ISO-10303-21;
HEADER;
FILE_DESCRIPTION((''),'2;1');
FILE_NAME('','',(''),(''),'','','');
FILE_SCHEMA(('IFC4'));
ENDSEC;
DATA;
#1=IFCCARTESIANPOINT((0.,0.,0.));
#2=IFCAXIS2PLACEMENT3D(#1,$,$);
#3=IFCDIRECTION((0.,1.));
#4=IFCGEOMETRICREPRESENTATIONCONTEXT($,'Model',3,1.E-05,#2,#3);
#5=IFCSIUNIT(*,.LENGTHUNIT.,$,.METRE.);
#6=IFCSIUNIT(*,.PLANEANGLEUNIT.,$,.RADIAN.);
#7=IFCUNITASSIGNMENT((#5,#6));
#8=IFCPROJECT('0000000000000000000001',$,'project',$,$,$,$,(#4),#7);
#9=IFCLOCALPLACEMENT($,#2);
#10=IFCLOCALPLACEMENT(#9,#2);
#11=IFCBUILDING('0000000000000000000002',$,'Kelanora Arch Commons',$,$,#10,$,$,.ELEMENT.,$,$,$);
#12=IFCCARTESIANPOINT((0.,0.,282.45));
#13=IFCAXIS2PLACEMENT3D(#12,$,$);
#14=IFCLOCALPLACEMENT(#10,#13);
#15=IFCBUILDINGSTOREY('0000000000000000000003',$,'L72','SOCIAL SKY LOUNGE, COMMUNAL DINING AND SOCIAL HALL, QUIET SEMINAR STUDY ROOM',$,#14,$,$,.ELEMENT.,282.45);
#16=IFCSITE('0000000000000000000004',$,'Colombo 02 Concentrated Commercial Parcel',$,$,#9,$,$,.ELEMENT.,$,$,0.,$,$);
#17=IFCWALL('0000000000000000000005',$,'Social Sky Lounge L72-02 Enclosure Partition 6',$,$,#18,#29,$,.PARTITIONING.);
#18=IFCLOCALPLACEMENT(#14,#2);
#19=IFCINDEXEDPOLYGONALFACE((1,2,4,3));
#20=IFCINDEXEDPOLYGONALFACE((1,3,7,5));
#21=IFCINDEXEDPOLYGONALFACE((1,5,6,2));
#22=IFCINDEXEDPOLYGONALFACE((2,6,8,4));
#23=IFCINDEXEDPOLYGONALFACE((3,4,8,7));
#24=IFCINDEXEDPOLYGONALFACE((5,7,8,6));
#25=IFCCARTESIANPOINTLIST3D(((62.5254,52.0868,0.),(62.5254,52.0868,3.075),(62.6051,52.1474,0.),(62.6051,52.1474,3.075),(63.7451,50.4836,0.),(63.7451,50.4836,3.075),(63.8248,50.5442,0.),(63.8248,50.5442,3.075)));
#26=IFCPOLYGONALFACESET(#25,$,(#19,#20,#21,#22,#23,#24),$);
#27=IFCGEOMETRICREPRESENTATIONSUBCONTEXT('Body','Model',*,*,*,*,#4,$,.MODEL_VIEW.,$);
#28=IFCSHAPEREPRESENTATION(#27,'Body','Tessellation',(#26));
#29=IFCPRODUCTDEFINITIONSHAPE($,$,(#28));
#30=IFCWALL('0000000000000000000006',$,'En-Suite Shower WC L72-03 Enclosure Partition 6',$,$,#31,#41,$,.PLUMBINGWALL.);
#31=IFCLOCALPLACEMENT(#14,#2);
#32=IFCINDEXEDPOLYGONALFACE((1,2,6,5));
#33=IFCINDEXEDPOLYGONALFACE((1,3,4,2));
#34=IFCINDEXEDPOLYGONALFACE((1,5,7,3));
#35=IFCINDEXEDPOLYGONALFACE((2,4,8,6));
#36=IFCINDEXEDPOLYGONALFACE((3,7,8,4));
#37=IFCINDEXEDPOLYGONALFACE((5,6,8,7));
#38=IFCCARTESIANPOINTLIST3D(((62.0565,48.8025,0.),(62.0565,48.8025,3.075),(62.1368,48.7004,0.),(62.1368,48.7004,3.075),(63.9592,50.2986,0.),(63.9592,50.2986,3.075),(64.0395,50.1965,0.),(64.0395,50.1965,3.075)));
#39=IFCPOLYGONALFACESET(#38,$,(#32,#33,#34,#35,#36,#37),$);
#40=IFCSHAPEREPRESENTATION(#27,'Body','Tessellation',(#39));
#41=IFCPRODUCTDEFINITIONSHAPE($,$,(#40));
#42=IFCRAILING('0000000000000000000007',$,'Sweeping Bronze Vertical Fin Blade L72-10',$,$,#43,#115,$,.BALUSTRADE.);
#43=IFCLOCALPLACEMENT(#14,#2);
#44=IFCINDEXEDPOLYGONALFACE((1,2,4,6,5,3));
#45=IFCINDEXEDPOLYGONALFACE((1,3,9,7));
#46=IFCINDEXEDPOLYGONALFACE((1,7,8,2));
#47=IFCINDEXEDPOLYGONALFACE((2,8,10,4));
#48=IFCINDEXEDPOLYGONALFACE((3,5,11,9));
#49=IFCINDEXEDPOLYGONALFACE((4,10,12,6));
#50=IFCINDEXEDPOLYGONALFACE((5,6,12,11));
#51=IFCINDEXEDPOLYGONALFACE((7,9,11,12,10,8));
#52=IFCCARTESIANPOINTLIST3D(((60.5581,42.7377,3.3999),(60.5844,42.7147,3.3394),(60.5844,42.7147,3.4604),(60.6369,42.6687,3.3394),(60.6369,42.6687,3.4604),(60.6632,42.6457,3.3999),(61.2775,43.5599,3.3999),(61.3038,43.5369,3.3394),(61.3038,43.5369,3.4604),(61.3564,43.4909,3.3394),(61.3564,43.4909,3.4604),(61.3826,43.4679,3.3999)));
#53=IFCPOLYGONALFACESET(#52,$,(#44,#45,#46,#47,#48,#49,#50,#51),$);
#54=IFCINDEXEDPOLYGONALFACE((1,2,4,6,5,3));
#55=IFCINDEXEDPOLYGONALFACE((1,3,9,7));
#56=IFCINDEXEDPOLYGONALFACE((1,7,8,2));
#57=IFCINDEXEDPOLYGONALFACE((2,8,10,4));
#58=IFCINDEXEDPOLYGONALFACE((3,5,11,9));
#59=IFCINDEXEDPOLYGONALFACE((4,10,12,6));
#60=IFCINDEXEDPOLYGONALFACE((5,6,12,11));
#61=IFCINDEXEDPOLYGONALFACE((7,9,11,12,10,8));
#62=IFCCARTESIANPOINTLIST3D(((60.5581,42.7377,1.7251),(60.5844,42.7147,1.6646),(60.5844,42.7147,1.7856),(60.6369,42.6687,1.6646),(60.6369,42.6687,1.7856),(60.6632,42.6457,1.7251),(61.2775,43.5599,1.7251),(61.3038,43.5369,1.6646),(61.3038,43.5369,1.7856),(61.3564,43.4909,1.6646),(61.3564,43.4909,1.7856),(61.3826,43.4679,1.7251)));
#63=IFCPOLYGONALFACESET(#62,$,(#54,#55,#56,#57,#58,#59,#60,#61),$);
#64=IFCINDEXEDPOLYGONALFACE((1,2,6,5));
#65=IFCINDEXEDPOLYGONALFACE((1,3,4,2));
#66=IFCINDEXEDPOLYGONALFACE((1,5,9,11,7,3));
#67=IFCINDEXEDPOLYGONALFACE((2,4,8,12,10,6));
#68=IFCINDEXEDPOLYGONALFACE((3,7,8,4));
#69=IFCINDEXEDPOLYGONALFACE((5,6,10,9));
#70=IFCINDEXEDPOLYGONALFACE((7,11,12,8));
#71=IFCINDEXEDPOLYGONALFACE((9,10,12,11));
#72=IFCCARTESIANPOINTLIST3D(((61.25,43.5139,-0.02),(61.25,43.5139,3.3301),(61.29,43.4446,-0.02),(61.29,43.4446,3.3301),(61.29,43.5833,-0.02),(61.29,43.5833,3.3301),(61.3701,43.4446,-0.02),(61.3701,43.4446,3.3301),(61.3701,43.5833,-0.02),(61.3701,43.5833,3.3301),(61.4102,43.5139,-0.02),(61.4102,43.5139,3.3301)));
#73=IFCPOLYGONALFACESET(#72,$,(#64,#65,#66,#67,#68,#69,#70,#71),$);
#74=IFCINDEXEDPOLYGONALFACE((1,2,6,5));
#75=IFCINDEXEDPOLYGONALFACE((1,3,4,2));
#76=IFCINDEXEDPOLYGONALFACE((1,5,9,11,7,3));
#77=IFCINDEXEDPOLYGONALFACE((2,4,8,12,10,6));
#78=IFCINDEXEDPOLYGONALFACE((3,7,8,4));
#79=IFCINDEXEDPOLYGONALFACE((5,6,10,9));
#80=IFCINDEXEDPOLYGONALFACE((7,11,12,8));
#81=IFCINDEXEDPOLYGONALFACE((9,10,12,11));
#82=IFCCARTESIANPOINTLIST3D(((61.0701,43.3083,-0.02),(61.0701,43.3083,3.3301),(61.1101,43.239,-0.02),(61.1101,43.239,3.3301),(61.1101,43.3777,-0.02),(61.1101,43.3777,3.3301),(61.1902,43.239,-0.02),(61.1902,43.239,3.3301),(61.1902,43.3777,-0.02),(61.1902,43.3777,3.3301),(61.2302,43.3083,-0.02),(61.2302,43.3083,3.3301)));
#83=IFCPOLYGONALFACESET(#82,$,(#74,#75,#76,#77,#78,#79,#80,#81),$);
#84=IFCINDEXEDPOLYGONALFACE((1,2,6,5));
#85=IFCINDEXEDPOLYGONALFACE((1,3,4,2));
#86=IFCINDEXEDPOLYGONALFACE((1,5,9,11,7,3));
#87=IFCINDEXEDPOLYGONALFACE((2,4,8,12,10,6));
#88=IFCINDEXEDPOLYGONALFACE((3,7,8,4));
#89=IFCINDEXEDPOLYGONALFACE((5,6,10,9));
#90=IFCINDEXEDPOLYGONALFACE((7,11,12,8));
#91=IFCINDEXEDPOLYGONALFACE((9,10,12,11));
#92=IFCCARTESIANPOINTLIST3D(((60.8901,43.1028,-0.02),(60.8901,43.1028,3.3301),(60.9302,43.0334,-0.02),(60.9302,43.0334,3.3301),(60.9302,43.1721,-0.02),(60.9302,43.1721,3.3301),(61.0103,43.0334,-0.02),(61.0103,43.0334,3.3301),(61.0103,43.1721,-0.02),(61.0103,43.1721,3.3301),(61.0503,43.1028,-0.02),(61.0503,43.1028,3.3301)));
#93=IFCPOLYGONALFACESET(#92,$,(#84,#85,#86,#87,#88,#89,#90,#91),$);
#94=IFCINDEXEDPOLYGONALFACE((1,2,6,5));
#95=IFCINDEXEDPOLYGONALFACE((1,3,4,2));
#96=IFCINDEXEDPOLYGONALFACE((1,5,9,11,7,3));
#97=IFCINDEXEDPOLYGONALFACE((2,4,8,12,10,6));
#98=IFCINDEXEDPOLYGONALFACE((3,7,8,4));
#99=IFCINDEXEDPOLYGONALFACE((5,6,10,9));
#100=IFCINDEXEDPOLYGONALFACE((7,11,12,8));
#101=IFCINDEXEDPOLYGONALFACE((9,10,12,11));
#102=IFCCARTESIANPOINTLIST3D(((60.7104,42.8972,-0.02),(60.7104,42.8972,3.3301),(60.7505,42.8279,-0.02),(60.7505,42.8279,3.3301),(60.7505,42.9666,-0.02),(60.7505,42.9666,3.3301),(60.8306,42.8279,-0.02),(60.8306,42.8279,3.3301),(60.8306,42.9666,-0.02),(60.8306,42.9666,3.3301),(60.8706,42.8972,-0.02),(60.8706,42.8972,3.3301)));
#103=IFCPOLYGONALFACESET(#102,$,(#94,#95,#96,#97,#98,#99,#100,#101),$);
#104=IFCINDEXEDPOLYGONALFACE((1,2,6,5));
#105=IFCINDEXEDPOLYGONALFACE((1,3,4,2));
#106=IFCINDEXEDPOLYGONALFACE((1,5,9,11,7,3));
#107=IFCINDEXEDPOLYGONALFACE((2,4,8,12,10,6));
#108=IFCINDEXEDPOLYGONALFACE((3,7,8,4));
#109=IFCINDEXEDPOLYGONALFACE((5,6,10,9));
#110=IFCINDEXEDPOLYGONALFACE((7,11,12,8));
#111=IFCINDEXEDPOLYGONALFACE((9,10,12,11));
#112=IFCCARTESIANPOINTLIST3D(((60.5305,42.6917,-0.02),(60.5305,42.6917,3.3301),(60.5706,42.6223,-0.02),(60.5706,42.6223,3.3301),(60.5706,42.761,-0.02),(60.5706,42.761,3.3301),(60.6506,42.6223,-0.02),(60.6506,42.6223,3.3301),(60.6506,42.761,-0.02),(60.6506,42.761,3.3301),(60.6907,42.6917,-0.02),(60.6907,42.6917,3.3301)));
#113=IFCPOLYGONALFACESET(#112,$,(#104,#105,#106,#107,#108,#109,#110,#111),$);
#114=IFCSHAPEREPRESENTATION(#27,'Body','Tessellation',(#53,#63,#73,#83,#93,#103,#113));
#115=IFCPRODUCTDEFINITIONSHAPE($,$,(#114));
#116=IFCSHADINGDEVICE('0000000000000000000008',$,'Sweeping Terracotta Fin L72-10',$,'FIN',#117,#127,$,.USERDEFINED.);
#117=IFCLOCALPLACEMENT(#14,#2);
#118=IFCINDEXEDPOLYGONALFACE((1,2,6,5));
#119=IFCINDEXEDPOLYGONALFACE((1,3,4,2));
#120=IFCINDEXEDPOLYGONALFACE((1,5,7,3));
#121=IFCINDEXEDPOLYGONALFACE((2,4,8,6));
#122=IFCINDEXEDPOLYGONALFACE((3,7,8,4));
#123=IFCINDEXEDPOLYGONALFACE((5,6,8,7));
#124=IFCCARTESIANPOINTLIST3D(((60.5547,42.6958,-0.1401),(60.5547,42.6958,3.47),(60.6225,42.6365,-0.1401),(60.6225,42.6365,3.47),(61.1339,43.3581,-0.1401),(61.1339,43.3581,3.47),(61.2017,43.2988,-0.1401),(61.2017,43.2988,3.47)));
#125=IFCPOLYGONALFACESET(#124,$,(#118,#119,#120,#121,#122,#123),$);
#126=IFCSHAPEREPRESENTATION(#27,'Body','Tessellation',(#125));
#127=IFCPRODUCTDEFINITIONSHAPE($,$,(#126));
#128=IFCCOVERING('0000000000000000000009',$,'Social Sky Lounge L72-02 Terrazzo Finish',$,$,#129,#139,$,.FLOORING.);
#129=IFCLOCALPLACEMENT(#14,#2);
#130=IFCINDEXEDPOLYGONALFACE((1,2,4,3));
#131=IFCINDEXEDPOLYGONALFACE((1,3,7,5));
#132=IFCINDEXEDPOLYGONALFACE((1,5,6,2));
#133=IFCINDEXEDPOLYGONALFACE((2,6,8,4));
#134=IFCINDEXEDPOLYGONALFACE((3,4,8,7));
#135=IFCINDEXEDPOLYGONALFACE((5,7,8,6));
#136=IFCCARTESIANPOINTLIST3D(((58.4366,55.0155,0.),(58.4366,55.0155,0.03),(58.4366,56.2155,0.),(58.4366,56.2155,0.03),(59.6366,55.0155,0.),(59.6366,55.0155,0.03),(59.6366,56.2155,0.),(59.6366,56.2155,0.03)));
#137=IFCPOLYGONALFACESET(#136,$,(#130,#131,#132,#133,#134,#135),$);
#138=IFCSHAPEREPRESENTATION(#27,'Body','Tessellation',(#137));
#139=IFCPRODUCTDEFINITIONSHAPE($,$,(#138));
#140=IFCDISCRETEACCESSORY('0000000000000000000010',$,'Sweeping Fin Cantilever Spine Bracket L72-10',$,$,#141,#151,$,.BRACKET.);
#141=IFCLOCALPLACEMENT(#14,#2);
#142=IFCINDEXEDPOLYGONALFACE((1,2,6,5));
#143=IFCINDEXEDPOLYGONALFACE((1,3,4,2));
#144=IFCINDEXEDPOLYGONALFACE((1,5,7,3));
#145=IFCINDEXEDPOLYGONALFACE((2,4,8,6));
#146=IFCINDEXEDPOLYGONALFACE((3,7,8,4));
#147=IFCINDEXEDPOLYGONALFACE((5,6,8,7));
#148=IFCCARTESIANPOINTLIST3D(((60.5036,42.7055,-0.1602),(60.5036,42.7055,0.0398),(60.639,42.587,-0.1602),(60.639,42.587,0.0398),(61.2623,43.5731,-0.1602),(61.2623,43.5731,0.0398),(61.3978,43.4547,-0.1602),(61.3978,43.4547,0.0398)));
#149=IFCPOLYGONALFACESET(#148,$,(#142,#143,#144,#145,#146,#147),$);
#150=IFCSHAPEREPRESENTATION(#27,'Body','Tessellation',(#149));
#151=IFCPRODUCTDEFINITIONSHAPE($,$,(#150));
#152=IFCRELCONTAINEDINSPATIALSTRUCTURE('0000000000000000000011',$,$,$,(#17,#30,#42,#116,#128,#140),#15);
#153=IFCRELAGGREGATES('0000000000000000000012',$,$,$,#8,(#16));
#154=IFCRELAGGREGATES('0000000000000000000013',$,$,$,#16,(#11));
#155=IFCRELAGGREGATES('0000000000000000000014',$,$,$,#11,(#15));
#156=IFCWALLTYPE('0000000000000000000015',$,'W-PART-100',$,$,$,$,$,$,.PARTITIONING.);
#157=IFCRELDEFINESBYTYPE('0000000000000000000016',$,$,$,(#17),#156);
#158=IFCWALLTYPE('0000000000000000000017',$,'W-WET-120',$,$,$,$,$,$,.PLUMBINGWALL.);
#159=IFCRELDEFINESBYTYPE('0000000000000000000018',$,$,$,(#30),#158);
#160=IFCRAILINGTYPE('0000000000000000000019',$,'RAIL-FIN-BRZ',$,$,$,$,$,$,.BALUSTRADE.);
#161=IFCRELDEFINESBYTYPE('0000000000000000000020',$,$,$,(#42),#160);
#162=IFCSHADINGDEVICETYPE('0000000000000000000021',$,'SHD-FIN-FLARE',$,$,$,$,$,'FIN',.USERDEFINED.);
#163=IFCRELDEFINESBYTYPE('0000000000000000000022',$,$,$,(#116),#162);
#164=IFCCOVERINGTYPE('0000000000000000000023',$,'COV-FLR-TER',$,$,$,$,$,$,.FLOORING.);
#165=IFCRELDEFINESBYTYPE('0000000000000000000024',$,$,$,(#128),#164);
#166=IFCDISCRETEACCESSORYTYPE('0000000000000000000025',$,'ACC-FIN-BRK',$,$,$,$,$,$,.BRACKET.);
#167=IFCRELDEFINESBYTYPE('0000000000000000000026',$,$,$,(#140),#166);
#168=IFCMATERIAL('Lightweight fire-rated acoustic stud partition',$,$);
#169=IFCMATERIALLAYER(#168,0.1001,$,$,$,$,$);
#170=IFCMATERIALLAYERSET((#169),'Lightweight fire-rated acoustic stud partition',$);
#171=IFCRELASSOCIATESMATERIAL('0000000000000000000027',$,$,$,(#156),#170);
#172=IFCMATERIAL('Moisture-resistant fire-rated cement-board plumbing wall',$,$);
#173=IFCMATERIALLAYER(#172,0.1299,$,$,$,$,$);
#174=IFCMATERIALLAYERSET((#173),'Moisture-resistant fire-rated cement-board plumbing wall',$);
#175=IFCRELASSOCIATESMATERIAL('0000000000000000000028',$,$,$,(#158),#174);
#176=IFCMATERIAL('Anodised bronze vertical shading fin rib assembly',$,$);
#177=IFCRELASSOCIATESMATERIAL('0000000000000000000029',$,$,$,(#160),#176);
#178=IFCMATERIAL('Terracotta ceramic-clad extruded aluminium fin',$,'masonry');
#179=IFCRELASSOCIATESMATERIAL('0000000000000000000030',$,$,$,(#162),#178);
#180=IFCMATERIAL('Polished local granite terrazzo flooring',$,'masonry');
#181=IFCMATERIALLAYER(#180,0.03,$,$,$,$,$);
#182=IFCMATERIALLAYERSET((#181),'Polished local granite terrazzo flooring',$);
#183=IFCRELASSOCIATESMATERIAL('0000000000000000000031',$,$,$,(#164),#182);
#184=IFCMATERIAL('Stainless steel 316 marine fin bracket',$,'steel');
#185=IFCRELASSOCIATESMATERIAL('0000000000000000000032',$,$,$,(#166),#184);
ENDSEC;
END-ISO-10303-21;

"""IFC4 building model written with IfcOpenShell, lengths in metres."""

from ifc_helpers import new_model, si_unit, direction, frame, frame_2d, origin, origin_2d, place, context, subcontext, project, spatial, polyline, rectangle, outline, extrude, source, transform, mapped, material, layer, layer_set, type_object, element, save


model = new_model("IFC4")

# Units and contexts
model_context = context("Model", 3, precision=1e-05, world=origin(), true_north=direction((0.0, 1.0)))
body_context = subcontext(model_context, "Body", "Model", "MODEL_VIEW")
ifc_project = project(units=[si_unit("LENGTHUNIT", "METRE"), si_unit("PLANEANGLEUNIT", "RADIAN")], contexts=[model_context])

# Site, building, storey
site_placement = place(None, origin())
site = spatial("IfcSite", under=ifc_project, at=site_placement, Name="Colombo 02 Concentrated Commercial Parcel", CompositionType="ELEMENT", RefElevation=0.0)
building_placement = place(site_placement, origin())
building = spatial("IfcBuilding", under=site, at=building_placement, Name="Kelanora Arch Commons", CompositionType="ELEMENT")
storey_placement = place(building_placement, frame((0.0, 0.0, 282.45)))
storey = spatial("IfcBuildingStorey", under=building, at=storey_placement, Name="L72", Description="SOCIAL SKY LOUNGE, COMMUNAL DINING AND SOCIAL HALL, QUIET SEMINAR STUDY ROOM", CompositionType="ELEMENT", Elevation=282.45)

# Walls
ifc_material_1 = material(Name="Lightweight fire-rated acoustic stud partition")
ifc_layer_1 = layer(ifc_material_1, 0.1001)
ifc_layer_set_1 = layer_set([ifc_layer_1], Name="Lightweight fire-rated acoustic stud partition")
wall_type_1 = type_object("IfcWallType", Name="W-PART-100", PredefinedType="PARTITIONING", material=ifc_layer_set_1)
wall_1_placement = place(storey_placement, frame((62.5652, 52.1172, 0.0), z_axis=(0.0, 0.0, 1.0), x_axis=(0.605473, -0.795866, 0.0)))
element("IfcWall", 1, at=wall_1_placement, inside=storey, type_object=wall_type_1, Name="Social Sky Lounge L72-02 Enclosure Partition 6", PredefinedType="PARTITIONING", context=body_context, shape_type="SweptSolid", body=[
    extrude(rectangle(XDim=2.0144, YDim=0.1001, at=frame_2d((1.0073, 0.0))), origin(), (0.0, 0.0, 1.0), 3.075),
])
ifc_material_2 = material(Name="Moisture-resistant fire-rated cement-board plumbing wall")
ifc_layer_2 = layer(ifc_material_2, 0.1299)
ifc_layer_set_2 = layer_set([ifc_layer_2], Name="Moisture-resistant fire-rated cement-board plumbing wall")
wall_type_2 = type_object("IfcWallType", Name="W-WET-120", PredefinedType="PLUMBINGWALL", material=ifc_layer_set_2)
wall_2_placement = place(storey_placement, frame((62.0967, 48.7515, 0.0), z_axis=(0.0, 0.0, 1.0), x_axis=(0.786077, 0.618129, 0.0)))
element("IfcWall", 2, at=wall_2_placement, inside=storey, type_object=wall_type_2, Name="En-Suite Shower WC L72-03 Enclosure Partition 6", PredefinedType="PLUMBINGWALL", context=body_context, shape_type="SweptSolid", body=[
    extrude(rectangle(XDim=2.4204, YDim=0.1299, at=frame_2d((1.2102, 0.0))), origin(), (0.0, 0.0, 1.0), 3.075),
])

# Railing
ifc_material_3 = material(Name="Anodised bronze vertical shading fin rib assembly")
railing_type = type_object("IfcRailingType", Name="RAIL-FIN-BRZ", PredefinedType="BALUSTRADE", material=ifc_material_3)
railing_placement = place(storey_placement, frame((61.3301, 43.5139, -0.02)))
element("IfcRailing", 3, at=railing_placement, inside=storey, type_object=railing_type, Name="Sweeping Bronze Vertical Fin Blade L72-10", PredefinedType="BALUSTRADE", context=body_context, shape_type="SweptSolid", body=[
    extrude(outline(polyline([(0.0698, 0.0), (0.0349, 0.0605), (-0.0349, 0.0605), (-0.0698, 0.0), (-0.0349, -0.0605), (0.0349, -0.0605), (0.0698, 0.0)])), frame((0.0, 0.0, 3.4199), z_axis=(-0.658505, -0.752577, 0.0), x_axis=(0.752577, -0.658505, 0.0)), (0.0, 0.0, 1.0), 1.0925),
    extrude(outline(polyline([(0.0698, 0.0), (0.0349, 0.0605), (-0.0349, 0.0605), (-0.0698, 0.0), (-0.0349, -0.0605), (0.0349, -0.0605), (0.0698, 0.0)])), frame((0.0, 0.0, 1.7451), z_axis=(-0.658505, -0.752577, 0.0), x_axis=(0.752577, -0.658505, 0.0)), (0.0, 0.0, 1.0), 1.0925),
    extrude(outline(polyline([(0.0801, 0.0), (0.04, 0.0693), (-0.04, 0.0693), (-0.0801, 0.0), (-0.04, -0.0693), (0.04, -0.0693), (0.0801, 0.0)])), origin(), (0.0, 0.0, 1.0), 3.3501),
    extrude(outline(polyline([(0.0801, 0.0), (0.04, 0.0693), (-0.04, 0.0693), (-0.0801, 0.0), (-0.04, -0.0693), (0.04, -0.0693), (0.0801, 0.0)])), frame((-0.1799, -0.2056, 0.0)), (0.0, 0.0, 1.0), 3.3501),
    extrude(outline(polyline([(0.0801, 0.0), (0.04, 0.0693), (-0.04, 0.0693), (-0.0801, 0.0), (-0.04, -0.0693), (0.04, -0.0693), (0.0801, 0.0)])), frame((-0.3599, -0.4111, 0.0)), (0.0, 0.0, 1.0), 3.3501),
    extrude(outline(polyline([(0.0801, 0.0), (0.04, 0.0693), (-0.04, 0.0693), (-0.0801, 0.0), (-0.04, -0.0693), (0.04, -0.0693), (0.0801, 0.0)])), frame((-0.5396, -0.6167, 0.0)), (0.0, 0.0, 1.0), 3.3501),
    extrude(outline(polyline([(0.0801, 0.0), (0.04, 0.0693), (-0.04, 0.0693), (-0.0801, 0.0), (-0.04, -0.0693), (0.04, -0.0693), (0.0801, 0.0)])), frame((-0.7195, -0.8223, 0.0)), (0.0, 0.0, 1.0), 3.3501),
])

# Shading device
ifc_material_4 = material(Name="Terracotta ceramic-clad extruded aluminium fin", Category="masonry")
shading_device_type = type_object("IfcShadingDeviceType", Name="SHD-FIN-FLARE", ElementType="FIN", PredefinedType="USERDEFINED", material=ifc_material_4)
shared_shape_1 = source(origin(), body_context, "Body", "SweptSolid", [
    extrude(rectangle(XDim=0.8799, YDim=0.0901, at=origin_2d()), origin(), (0.0, 0.0, 1.0), 3.6101),
])
shading_device_placement = place(storey_placement, frame((60.8782, 42.9973, -0.1401), z_axis=(0.0, 0.0, 1.0), x_axis=(-0.658295, -0.75276, 0.0)))
element("IfcShadingDevice", 4, at=shading_device_placement, inside=storey, type_object=shading_device_type, Name="Sweeping Terracotta Fin L72-10", ObjectType="FIN", PredefinedType="USERDEFINED", context=body_context, shape_type="MappedRepresentation", body=[
    mapped(shared_shape_1, transform((0.0, 0.0, 0.0), scale=1.0)),
])

# Covering
ifc_material_5 = material(Name="Polished local granite terrazzo flooring", Category="masonry")
ifc_layer_3 = layer(ifc_material_5, 0.03)
ifc_layer_set_3 = layer_set([ifc_layer_3], Name="Polished local granite terrazzo flooring")
covering_type = type_object("IfcCoveringType", Name="COV-FLR-TER", PredefinedType="FLOORING", material=ifc_layer_set_3)
shared_shape_2 = source(origin(), body_context, "Body", "SweptSolid", [
    extrude(rectangle(XDim=1.2, YDim=1.2, at=origin_2d()), origin(), (0.0, 0.0, 1.0), 0.03),
])
covering_placement = place(storey_placement, frame((59.0366, 55.6155, 0.0), z_axis=(0.0, 0.0, 1.0), x_axis=(1.0, 0.0, 0.0)))
element("IfcCovering", 5, at=covering_placement, inside=storey, type_object=covering_type, Name="Social Sky Lounge L72-02 Terrazzo Finish", PredefinedType="FLOORING", context=body_context, shape_type="MappedRepresentation", body=[
    mapped(shared_shape_2, transform((0.0, 0.0, 0.0), scale=1.0)),
])

# Discrete accessory
ifc_material_6 = material(Name="Stainless steel 316 marine fin bracket", Category="steel")
discrete_accessory_type = type_object("IfcDiscreteAccessoryType", Name="ACC-FIN-BRK", PredefinedType="BRACKET", material=ifc_material_6)
shared_shape_3 = source(origin(), body_context, "Body", "SweptSolid", [
    extrude(rectangle(XDim=1.1526, YDim=0.1799, at=origin_2d()), origin(), (0.0, 0.0, 1.0), 0.2),
])
discrete_accessory_placement = place(storey_placement, frame((60.9507, 43.0801, -0.1602), z_axis=(0.0, 0.0, 1.0), x_axis=(-0.658295, -0.75276, 0.0)))
element("IfcDiscreteAccessory", 6, at=discrete_accessory_placement, inside=storey, type_object=discrete_accessory_type, Name="Sweeping Fin Cantilever Spine Bracket L72-10", PredefinedType="BRACKET", context=body_context, shape_type="MappedRepresentation", body=[
    mapped(shared_shape_3, transform((0.0, 0.0, 0.0), scale=1.0)),
])

save(model, "model.ifc")
